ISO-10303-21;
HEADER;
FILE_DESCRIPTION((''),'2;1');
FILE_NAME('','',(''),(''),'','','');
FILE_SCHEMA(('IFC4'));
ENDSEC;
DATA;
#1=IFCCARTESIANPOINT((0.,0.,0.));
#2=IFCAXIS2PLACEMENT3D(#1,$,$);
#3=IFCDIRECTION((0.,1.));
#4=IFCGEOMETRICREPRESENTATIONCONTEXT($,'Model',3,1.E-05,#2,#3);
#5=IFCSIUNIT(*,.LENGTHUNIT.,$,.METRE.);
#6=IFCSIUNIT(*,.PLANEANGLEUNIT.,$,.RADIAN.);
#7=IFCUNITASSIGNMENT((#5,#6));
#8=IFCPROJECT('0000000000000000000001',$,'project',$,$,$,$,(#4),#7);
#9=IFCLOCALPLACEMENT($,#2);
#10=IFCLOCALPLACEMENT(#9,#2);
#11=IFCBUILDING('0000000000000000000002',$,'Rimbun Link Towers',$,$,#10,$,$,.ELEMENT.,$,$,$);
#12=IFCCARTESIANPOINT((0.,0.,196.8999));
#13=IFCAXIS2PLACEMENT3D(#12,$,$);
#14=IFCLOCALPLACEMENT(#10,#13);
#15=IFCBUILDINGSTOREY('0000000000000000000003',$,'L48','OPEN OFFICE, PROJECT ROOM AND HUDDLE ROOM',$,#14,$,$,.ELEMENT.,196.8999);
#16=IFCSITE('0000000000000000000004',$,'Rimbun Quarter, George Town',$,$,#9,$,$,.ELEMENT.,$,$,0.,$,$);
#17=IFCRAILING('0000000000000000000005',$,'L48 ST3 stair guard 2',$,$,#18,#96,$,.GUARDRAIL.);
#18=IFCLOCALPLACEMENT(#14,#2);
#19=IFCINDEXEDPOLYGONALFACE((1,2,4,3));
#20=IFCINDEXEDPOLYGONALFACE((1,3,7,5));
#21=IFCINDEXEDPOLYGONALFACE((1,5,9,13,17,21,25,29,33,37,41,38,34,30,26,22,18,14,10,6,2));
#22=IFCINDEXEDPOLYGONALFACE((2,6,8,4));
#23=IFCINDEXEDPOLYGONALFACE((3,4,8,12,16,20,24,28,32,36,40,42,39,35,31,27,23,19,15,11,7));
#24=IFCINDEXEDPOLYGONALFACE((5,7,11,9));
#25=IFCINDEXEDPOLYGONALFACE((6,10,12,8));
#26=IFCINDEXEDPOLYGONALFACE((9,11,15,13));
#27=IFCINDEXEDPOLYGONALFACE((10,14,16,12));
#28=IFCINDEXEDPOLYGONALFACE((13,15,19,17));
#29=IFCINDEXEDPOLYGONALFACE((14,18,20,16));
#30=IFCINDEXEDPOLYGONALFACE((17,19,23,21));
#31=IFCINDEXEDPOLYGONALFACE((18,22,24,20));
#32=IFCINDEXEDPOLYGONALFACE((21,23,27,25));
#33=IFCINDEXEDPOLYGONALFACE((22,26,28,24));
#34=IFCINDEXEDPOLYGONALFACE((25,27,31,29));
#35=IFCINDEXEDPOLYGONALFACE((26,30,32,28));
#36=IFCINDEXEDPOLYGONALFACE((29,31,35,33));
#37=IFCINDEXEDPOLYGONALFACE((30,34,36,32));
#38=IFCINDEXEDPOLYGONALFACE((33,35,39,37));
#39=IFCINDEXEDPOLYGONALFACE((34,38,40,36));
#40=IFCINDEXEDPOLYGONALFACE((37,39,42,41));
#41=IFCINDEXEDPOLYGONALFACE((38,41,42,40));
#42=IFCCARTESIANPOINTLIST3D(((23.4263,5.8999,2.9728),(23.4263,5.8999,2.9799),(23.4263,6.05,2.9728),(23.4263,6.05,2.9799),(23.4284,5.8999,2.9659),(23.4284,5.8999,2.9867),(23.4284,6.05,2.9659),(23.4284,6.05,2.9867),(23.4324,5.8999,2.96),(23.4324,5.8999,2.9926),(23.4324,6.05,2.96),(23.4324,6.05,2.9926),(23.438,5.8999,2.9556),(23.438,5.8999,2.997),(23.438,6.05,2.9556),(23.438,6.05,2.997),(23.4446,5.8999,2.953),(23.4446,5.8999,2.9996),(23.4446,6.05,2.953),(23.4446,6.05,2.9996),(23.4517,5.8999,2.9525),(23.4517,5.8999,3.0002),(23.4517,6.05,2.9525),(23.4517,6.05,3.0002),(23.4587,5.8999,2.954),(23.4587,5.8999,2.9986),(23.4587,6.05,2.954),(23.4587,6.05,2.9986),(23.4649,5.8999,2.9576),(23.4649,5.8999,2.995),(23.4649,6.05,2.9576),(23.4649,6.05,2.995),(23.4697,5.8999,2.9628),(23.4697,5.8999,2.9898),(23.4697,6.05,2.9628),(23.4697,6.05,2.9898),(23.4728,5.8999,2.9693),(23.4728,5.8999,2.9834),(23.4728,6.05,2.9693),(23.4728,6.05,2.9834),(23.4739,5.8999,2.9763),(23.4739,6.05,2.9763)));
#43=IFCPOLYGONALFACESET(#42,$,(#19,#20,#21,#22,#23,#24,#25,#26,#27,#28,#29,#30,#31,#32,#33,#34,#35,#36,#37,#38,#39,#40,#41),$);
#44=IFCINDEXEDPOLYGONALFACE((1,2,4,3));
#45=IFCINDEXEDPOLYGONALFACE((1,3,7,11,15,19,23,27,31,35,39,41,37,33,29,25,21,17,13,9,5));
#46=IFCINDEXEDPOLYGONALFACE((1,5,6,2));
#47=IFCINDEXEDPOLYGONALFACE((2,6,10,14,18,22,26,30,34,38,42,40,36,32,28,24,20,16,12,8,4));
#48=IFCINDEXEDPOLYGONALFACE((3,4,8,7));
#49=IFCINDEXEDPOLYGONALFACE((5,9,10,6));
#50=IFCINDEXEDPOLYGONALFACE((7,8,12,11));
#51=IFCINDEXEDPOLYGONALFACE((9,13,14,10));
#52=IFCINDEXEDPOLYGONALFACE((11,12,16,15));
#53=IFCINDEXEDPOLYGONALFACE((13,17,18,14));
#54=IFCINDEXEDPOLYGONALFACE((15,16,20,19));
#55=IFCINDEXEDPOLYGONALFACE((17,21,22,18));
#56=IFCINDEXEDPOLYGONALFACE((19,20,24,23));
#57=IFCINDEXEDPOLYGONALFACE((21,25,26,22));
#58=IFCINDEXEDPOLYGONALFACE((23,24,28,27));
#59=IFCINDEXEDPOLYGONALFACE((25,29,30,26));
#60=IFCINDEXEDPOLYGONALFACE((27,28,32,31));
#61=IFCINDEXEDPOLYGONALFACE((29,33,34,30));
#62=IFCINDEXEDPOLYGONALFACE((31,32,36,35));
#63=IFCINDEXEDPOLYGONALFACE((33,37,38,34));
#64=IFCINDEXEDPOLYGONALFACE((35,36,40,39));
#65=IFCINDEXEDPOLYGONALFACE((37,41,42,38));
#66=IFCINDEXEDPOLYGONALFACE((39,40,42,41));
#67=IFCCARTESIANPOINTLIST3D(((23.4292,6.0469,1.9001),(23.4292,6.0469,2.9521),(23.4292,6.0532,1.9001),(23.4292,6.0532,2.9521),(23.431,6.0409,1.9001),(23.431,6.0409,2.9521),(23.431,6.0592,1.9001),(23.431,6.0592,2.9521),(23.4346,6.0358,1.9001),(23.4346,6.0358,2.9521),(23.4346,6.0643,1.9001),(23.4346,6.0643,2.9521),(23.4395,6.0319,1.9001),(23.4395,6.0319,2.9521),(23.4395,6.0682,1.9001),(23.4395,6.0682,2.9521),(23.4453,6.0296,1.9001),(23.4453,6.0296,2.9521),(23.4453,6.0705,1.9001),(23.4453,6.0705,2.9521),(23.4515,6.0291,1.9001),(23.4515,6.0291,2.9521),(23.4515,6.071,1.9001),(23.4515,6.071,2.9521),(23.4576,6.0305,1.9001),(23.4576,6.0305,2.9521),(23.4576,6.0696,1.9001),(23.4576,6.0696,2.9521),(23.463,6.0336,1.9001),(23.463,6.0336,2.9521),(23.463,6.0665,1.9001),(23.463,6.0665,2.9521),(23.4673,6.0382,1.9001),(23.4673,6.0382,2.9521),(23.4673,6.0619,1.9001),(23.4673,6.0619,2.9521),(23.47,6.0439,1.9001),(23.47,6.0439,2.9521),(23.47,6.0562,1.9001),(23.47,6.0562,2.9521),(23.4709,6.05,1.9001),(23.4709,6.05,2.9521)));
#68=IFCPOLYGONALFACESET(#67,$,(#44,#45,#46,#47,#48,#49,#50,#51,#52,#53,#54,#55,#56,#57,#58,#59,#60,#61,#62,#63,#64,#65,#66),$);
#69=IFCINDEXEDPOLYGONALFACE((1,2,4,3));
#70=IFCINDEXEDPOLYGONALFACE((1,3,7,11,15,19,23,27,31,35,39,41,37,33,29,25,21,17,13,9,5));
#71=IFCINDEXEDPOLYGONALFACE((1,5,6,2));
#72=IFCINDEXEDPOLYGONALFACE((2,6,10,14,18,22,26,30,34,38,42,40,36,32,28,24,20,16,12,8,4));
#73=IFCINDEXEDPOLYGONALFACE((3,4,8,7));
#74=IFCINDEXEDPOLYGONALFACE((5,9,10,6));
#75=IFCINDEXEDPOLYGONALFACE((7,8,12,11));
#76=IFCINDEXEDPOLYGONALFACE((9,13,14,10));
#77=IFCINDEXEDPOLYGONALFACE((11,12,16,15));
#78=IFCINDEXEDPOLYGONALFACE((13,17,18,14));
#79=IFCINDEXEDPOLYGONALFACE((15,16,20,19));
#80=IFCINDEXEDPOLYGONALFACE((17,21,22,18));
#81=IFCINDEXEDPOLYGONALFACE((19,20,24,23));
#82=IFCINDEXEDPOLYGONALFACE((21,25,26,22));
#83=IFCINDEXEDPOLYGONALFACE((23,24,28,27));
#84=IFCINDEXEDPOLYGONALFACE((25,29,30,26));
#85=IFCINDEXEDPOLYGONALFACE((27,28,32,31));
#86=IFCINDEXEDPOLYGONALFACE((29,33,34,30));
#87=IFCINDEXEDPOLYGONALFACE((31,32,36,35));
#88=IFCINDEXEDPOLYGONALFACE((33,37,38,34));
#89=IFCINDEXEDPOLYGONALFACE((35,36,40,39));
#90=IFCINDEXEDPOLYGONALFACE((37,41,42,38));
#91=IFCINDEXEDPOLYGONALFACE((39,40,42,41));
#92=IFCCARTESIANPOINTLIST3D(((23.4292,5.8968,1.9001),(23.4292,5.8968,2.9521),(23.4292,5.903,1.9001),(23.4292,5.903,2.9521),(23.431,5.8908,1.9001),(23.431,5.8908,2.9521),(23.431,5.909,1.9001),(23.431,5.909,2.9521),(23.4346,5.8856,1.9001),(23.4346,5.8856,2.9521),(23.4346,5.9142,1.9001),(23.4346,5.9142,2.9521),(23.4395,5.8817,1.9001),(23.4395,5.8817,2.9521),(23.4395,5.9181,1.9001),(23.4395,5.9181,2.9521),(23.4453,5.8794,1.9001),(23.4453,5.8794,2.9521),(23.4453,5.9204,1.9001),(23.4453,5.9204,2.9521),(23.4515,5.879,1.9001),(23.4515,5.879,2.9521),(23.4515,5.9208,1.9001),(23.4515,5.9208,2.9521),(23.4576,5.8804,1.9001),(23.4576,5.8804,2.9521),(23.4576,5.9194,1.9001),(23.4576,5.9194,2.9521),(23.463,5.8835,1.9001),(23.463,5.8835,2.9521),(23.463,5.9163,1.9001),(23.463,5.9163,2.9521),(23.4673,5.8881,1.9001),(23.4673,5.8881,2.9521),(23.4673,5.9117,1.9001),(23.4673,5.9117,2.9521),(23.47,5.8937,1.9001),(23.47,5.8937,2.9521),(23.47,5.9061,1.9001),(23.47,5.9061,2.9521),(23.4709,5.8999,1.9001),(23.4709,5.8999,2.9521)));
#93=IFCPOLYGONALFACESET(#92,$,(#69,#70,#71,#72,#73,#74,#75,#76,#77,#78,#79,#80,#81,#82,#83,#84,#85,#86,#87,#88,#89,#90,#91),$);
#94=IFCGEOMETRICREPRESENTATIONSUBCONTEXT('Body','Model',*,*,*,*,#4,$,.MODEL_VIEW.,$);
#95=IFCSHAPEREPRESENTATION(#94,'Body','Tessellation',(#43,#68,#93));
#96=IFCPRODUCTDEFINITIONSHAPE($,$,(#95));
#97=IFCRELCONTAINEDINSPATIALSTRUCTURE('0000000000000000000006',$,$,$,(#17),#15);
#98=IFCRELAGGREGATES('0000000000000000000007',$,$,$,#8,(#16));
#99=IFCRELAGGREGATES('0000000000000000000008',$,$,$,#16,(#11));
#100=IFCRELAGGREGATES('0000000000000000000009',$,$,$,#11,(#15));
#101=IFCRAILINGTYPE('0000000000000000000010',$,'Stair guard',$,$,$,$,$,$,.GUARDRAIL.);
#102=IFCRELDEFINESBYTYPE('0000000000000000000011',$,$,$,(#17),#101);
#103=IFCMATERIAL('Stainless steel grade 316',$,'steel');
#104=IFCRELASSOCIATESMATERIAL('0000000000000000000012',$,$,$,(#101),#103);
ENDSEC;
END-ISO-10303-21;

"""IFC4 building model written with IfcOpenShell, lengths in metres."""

from ifc_helpers import new_model, si_unit, direction, frame, origin, origin_2d, place, context, subcontext, project, spatial, circle, extrude, material, type_object, element, save


model = new_model("IFC4")

# Units and contexts
model_context = context("Model", 3, precision=1e-05, world=origin(), true_north=direction((0.0, 1.0)))
body_context = subcontext(model_context, "Body", "Model", "MODEL_VIEW")
ifc_project = project(units=[si_unit("LENGTHUNIT", "METRE"), si_unit("PLANEANGLEUNIT", "RADIAN")], contexts=[model_context])

# Site, building, storey
site_placement = place(None, origin())
site = spatial("IfcSite", under=ifc_project, at=site_placement, Name="Rimbun Quarter, George Town", CompositionType="ELEMENT", RefElevation=0.0)
building_placement = place(site_placement, origin())
building = spatial("IfcBuilding", under=site, at=building_placement, Name="Rimbun Link Towers", CompositionType="ELEMENT")
storey_placement = place(building_placement, frame((0.0, 0.0, 196.8999)))
storey = spatial("IfcBuildingStorey", under=building, at=storey_placement, Name="L48", Description="OPEN OFFICE, PROJECT ROOM AND HUDDLE ROOM", CompositionType="ELEMENT", Elevation=196.8999)

# Railing
ifc_material_1 = material(Name="Stainless steel grade 316", Category="steel")
railing_type_1 = type_object("IfcRailingType", Name="Stair guard", PredefinedType="GUARDRAIL", material=ifc_material_1)
railing_1_placement = place(storey_placement, frame((23.45, 6.05, 1.9001)))
element("IfcRailing", 1, at=railing_1_placement, inside=storey, type_object=railing_type_1, Name="L48 ST3 stair guard 2", PredefinedType="GUARDRAIL", context=body_context, shape_type="SweptSolid", body=[
    extrude(circle(Radius=0.0239, at=origin_2d()), frame((0.0, 0.0, 1.0762), z_axis=(0.0, -1.0, 0.0), x_axis=(1.0, 0.0, 0.0)), (0.0, 0.0, 1.0), 0.1501),
    extrude(circle(Radius=0.021, at=origin_2d()), origin(), (0.0, 0.0, 1.0), 1.052),
    extrude(circle(Radius=0.021, at=origin_2d()), frame((0.0, -0.1501, 0.0)), (0.0, 0.0, 1.0), 1.052),
])

save(model, "model.ifc")
